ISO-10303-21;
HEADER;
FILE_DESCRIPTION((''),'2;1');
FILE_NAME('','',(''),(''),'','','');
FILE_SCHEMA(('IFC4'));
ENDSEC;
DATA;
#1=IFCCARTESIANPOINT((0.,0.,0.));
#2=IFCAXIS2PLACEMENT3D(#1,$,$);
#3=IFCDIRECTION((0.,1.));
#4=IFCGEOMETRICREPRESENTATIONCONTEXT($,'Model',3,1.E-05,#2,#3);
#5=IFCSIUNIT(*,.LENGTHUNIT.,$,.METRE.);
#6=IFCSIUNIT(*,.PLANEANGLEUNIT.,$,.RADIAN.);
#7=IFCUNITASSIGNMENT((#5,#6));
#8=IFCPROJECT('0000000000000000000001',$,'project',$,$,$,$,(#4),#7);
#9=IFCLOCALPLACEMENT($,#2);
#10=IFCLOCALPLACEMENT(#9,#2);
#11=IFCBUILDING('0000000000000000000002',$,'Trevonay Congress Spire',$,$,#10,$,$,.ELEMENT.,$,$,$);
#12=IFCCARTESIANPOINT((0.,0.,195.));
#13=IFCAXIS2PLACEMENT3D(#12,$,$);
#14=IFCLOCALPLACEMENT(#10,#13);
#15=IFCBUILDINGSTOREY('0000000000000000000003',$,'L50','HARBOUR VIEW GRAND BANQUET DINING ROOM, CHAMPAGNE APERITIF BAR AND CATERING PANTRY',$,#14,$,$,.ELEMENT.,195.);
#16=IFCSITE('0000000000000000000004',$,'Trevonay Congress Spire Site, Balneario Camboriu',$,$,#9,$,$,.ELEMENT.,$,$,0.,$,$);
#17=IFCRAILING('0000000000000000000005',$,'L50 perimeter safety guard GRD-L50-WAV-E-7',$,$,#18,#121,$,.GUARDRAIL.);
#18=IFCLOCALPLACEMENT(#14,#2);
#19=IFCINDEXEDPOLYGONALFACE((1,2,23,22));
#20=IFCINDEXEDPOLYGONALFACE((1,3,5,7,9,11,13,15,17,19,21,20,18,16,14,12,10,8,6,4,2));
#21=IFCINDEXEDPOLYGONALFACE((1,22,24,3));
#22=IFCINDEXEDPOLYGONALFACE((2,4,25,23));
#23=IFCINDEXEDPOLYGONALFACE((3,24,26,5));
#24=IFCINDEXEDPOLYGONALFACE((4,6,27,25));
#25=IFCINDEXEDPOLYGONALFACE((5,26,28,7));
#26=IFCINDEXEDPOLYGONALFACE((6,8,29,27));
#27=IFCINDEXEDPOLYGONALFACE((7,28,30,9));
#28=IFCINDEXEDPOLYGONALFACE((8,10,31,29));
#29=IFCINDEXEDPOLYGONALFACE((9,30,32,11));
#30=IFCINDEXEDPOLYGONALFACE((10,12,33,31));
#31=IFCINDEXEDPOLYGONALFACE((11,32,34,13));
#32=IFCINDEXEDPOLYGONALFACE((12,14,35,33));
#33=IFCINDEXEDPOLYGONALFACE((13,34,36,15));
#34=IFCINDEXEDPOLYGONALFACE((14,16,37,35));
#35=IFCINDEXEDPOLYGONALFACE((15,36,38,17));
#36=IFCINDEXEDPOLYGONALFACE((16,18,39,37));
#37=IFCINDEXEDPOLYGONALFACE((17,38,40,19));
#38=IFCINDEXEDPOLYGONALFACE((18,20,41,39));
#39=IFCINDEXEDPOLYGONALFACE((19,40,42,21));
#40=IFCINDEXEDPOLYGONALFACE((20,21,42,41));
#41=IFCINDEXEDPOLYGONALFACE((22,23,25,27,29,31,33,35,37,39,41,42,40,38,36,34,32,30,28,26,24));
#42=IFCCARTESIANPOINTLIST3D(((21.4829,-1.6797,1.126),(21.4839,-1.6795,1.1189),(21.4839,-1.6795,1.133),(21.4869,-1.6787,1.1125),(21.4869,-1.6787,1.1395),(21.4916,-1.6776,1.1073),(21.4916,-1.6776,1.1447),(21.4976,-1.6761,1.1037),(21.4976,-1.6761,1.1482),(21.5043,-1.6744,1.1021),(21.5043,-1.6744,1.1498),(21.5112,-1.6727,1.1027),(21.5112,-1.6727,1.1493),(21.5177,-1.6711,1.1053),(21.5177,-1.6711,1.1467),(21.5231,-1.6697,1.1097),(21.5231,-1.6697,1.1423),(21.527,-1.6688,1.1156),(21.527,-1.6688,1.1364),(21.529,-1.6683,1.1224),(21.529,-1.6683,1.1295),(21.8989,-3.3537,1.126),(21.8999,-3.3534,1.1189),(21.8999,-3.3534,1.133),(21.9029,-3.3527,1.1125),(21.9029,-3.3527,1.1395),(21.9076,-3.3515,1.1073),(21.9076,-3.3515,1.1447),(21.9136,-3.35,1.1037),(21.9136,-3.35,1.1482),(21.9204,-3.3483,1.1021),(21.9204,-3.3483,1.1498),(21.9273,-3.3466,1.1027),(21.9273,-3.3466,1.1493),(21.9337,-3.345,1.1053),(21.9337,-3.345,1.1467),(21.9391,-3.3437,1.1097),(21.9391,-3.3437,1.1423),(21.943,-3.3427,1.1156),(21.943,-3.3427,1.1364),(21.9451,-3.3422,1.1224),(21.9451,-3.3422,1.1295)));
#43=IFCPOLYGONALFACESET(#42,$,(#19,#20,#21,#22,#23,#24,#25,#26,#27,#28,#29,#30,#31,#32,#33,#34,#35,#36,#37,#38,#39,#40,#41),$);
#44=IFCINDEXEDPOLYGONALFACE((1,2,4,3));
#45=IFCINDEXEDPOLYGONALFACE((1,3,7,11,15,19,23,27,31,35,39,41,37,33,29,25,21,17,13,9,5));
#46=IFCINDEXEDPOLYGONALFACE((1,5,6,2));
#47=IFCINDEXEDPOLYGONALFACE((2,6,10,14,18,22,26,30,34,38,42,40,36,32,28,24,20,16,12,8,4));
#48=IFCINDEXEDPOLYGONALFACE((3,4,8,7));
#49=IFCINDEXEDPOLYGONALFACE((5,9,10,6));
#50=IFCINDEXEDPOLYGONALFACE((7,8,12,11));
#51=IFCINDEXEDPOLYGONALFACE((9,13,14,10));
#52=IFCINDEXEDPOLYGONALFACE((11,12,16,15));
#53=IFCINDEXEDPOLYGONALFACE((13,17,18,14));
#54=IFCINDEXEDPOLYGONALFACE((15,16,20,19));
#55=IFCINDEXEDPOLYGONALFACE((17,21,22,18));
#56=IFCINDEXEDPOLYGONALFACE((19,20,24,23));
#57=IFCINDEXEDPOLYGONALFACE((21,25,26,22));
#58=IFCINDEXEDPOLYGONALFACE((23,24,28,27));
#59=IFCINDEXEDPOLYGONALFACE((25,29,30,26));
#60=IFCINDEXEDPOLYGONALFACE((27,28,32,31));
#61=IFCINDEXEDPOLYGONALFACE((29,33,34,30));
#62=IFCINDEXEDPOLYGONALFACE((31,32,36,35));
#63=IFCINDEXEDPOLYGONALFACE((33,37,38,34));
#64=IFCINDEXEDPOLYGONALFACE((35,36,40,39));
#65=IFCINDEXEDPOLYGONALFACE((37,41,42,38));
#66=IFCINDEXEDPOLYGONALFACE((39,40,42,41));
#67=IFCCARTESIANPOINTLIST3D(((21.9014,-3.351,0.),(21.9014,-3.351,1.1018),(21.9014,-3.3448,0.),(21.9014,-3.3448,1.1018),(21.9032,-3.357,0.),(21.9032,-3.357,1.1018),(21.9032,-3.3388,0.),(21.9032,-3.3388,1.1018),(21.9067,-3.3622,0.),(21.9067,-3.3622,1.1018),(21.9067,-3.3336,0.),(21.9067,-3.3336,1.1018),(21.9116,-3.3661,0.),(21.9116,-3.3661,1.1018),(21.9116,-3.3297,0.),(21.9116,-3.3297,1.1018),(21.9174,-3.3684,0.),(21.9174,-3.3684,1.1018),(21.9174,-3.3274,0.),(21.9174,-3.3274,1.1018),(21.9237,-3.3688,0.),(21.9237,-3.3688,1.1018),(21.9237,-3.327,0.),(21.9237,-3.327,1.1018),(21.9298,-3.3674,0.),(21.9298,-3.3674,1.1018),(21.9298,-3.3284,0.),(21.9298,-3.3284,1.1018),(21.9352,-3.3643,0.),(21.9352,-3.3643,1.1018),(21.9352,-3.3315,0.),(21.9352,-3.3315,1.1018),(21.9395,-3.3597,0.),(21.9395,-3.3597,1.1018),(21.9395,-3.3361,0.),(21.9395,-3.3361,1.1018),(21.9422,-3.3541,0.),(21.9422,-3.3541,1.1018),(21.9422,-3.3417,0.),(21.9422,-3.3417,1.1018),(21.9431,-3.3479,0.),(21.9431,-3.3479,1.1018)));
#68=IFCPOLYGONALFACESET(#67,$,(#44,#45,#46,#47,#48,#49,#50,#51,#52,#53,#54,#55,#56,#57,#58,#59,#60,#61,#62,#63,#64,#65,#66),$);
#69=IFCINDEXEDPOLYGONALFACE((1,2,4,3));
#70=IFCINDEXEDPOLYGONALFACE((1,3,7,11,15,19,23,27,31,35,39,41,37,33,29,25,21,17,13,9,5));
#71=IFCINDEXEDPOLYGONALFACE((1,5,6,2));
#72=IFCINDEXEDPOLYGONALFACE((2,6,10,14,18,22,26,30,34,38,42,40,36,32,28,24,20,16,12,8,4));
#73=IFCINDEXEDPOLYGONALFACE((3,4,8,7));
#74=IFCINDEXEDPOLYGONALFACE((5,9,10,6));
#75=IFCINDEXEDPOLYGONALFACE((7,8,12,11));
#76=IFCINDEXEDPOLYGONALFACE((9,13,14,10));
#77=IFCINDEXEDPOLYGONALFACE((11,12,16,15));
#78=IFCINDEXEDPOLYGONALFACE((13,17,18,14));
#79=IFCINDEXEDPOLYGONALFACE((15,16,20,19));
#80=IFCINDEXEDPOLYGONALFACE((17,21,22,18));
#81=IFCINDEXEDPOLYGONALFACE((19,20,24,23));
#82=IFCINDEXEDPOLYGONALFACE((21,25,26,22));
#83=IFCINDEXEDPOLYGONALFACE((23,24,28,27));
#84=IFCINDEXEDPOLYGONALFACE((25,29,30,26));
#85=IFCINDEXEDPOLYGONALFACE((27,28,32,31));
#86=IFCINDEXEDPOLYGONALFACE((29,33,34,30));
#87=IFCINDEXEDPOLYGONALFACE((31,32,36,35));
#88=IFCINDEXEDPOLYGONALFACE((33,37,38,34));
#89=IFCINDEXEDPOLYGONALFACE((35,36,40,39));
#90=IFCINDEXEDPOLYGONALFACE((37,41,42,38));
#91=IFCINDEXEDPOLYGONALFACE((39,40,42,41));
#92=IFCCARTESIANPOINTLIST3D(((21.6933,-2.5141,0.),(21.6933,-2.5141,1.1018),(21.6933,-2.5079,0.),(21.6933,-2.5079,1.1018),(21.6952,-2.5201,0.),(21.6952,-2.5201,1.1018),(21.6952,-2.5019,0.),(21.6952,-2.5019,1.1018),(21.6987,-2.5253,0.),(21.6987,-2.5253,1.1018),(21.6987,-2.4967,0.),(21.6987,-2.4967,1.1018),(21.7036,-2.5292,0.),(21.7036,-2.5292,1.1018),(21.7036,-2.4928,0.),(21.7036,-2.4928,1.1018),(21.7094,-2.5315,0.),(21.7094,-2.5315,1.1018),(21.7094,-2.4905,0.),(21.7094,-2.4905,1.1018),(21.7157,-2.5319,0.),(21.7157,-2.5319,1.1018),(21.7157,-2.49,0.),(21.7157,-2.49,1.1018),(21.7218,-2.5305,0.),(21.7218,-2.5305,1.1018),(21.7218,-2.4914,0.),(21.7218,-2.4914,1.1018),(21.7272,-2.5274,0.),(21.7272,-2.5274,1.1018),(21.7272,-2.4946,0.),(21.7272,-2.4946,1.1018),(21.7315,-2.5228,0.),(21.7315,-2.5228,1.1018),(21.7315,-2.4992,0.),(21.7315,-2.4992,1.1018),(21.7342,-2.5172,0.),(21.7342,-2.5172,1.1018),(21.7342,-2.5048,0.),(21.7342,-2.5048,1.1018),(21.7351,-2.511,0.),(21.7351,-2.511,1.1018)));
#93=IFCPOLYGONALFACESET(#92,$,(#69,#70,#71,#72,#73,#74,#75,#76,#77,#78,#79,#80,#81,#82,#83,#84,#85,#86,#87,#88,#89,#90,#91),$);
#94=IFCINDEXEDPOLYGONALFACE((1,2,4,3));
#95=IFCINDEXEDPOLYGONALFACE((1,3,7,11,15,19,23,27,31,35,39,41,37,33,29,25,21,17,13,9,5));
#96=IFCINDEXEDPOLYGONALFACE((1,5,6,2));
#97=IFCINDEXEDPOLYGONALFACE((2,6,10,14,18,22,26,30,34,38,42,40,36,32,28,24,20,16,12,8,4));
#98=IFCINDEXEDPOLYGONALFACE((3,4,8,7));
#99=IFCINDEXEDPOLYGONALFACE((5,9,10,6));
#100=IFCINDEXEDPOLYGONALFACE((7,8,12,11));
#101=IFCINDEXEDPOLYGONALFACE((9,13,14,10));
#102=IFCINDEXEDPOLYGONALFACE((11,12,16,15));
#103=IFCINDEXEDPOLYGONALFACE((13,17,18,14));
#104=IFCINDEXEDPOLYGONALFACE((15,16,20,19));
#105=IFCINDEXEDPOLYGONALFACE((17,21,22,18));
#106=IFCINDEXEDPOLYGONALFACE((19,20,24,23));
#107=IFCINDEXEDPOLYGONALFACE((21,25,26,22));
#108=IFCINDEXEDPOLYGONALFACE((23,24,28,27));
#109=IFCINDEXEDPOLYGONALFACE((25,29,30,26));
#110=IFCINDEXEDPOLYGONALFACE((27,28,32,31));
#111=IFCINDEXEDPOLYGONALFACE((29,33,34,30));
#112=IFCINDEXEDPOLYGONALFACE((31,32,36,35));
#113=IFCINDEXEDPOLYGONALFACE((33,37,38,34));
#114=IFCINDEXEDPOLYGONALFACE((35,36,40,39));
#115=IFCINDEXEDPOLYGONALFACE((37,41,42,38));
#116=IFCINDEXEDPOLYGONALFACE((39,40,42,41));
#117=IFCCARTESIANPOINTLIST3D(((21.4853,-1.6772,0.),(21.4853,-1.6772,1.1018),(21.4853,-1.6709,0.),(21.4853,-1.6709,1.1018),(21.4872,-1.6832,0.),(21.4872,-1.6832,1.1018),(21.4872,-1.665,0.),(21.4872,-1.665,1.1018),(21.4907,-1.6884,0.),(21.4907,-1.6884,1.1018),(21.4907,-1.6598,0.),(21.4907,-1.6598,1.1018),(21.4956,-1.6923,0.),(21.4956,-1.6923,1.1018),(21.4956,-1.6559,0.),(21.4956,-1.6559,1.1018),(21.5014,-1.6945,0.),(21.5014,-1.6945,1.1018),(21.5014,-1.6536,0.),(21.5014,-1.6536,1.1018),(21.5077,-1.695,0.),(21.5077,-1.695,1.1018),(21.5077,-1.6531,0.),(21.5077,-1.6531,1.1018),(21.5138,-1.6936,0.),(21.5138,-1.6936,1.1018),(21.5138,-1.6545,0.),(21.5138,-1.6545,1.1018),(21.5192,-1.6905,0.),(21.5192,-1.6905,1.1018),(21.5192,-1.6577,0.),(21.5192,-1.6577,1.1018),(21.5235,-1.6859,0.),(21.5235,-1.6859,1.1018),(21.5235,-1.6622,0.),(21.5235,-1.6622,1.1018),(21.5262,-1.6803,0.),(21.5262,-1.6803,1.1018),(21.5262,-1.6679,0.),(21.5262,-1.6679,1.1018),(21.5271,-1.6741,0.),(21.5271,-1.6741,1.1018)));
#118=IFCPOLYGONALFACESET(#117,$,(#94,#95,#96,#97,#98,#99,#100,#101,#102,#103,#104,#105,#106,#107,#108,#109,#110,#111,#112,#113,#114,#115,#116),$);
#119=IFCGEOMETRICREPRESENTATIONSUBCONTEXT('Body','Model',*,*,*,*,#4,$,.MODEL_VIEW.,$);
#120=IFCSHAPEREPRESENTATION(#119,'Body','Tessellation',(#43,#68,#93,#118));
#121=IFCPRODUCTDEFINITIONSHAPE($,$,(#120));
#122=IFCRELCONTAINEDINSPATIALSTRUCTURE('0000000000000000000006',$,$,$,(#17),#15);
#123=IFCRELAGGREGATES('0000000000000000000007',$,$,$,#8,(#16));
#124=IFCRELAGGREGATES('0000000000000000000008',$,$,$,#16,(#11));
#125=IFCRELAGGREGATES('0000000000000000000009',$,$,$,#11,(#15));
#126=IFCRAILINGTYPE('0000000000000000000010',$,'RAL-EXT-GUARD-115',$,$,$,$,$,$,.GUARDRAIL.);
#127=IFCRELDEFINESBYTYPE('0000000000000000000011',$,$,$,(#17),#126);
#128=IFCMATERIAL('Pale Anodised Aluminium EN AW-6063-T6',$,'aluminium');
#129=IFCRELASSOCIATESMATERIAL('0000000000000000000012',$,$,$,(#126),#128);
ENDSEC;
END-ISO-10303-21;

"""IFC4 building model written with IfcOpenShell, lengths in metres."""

from ifc_helpers import new_model, si_unit, direction, frame, origin, origin_2d, place, context, subcontext, project, spatial, circle, extrude, material, type_object, element, save


model = new_model("IFC4")

# Units and contexts
model_context = context("Model", 3, precision=1e-05, world=origin(), true_north=direction((0.0, 1.0)))
body_context = subcontext(model_context, "Body", "Model", "MODEL_VIEW")
ifc_project = project(units=[si_unit("LENGTHUNIT", "METRE"), si_unit("PLANEANGLEUNIT", "RADIAN")], contexts=[model_context])

# Site, building, storey
site_placement = place(None, origin())
site = spatial("IfcSite", under=ifc_project, at=site_placement, Name="Trevonay Congress Spire Site, Balneario Camboriu", CompositionType="ELEMENT", RefElevation=0.0)
building_placement = place(site_placement, origin())
building = spatial("IfcBuilding", under=site, at=building_placement, Name="Trevonay Congress Spire", CompositionType="ELEMENT")
storey_placement = place(building_placement, frame((0.0, 0.0, 195.0)))
storey = spatial("IfcBuildingStorey", under=building, at=storey_placement, Name="L50", Description="HARBOUR VIEW GRAND BANQUET DINING ROOM, CHAMPAGNE APERITIF BAR AND CATERING PANTRY", CompositionType="ELEMENT", Elevation=195.0)

# Shared definitions
ifc_material_1 = material(Name="Pale Anodised Aluminium EN AW-6063-T6", Category="aluminium")

# Railing
railing_type = type_object("IfcRailingType", Name="RAL-EXT-GUARD-115", PredefinedType="GUARDRAIL", material=ifc_material_1)
railing_1_placement = place(storey_placement, frame((21.9221, -3.3479, 0.0)))
element("IfcRailing", 1, at=railing_1_placement, inside=storey, type_object=railing_type, Name="L50 perimeter safety guard GRD-L50-WAV-E-7", PredefinedType="GUARDRAIL", context=body_context, shape_type="SweptSolid", body=[
    extrude(circle(Radius=0.0239, at=origin_2d()), frame((0.0, 0.0, 1.126), z_axis=(-0.241203, 0.970475, 0.0), x_axis=(-0.970475, -0.241203, 0.0)), (0.0, 0.0, 1.0), 1.7249),
    extrude(circle(Radius=0.021, at=origin_2d()), origin(), (0.0, 0.0, 1.0), 1.1018),
    extrude(circle(Radius=0.021, at=origin_2d()), frame((-0.208, 0.8369, 0.0)), (0.0, 0.0, 1.0), 1.1018),
    extrude(circle(Radius=0.021, at=origin_2d()), frame((-0.416, 1.6738, 0.0)), (0.0, 0.0, 1.0), 1.1018),
])

save(model, "model.ifc")
